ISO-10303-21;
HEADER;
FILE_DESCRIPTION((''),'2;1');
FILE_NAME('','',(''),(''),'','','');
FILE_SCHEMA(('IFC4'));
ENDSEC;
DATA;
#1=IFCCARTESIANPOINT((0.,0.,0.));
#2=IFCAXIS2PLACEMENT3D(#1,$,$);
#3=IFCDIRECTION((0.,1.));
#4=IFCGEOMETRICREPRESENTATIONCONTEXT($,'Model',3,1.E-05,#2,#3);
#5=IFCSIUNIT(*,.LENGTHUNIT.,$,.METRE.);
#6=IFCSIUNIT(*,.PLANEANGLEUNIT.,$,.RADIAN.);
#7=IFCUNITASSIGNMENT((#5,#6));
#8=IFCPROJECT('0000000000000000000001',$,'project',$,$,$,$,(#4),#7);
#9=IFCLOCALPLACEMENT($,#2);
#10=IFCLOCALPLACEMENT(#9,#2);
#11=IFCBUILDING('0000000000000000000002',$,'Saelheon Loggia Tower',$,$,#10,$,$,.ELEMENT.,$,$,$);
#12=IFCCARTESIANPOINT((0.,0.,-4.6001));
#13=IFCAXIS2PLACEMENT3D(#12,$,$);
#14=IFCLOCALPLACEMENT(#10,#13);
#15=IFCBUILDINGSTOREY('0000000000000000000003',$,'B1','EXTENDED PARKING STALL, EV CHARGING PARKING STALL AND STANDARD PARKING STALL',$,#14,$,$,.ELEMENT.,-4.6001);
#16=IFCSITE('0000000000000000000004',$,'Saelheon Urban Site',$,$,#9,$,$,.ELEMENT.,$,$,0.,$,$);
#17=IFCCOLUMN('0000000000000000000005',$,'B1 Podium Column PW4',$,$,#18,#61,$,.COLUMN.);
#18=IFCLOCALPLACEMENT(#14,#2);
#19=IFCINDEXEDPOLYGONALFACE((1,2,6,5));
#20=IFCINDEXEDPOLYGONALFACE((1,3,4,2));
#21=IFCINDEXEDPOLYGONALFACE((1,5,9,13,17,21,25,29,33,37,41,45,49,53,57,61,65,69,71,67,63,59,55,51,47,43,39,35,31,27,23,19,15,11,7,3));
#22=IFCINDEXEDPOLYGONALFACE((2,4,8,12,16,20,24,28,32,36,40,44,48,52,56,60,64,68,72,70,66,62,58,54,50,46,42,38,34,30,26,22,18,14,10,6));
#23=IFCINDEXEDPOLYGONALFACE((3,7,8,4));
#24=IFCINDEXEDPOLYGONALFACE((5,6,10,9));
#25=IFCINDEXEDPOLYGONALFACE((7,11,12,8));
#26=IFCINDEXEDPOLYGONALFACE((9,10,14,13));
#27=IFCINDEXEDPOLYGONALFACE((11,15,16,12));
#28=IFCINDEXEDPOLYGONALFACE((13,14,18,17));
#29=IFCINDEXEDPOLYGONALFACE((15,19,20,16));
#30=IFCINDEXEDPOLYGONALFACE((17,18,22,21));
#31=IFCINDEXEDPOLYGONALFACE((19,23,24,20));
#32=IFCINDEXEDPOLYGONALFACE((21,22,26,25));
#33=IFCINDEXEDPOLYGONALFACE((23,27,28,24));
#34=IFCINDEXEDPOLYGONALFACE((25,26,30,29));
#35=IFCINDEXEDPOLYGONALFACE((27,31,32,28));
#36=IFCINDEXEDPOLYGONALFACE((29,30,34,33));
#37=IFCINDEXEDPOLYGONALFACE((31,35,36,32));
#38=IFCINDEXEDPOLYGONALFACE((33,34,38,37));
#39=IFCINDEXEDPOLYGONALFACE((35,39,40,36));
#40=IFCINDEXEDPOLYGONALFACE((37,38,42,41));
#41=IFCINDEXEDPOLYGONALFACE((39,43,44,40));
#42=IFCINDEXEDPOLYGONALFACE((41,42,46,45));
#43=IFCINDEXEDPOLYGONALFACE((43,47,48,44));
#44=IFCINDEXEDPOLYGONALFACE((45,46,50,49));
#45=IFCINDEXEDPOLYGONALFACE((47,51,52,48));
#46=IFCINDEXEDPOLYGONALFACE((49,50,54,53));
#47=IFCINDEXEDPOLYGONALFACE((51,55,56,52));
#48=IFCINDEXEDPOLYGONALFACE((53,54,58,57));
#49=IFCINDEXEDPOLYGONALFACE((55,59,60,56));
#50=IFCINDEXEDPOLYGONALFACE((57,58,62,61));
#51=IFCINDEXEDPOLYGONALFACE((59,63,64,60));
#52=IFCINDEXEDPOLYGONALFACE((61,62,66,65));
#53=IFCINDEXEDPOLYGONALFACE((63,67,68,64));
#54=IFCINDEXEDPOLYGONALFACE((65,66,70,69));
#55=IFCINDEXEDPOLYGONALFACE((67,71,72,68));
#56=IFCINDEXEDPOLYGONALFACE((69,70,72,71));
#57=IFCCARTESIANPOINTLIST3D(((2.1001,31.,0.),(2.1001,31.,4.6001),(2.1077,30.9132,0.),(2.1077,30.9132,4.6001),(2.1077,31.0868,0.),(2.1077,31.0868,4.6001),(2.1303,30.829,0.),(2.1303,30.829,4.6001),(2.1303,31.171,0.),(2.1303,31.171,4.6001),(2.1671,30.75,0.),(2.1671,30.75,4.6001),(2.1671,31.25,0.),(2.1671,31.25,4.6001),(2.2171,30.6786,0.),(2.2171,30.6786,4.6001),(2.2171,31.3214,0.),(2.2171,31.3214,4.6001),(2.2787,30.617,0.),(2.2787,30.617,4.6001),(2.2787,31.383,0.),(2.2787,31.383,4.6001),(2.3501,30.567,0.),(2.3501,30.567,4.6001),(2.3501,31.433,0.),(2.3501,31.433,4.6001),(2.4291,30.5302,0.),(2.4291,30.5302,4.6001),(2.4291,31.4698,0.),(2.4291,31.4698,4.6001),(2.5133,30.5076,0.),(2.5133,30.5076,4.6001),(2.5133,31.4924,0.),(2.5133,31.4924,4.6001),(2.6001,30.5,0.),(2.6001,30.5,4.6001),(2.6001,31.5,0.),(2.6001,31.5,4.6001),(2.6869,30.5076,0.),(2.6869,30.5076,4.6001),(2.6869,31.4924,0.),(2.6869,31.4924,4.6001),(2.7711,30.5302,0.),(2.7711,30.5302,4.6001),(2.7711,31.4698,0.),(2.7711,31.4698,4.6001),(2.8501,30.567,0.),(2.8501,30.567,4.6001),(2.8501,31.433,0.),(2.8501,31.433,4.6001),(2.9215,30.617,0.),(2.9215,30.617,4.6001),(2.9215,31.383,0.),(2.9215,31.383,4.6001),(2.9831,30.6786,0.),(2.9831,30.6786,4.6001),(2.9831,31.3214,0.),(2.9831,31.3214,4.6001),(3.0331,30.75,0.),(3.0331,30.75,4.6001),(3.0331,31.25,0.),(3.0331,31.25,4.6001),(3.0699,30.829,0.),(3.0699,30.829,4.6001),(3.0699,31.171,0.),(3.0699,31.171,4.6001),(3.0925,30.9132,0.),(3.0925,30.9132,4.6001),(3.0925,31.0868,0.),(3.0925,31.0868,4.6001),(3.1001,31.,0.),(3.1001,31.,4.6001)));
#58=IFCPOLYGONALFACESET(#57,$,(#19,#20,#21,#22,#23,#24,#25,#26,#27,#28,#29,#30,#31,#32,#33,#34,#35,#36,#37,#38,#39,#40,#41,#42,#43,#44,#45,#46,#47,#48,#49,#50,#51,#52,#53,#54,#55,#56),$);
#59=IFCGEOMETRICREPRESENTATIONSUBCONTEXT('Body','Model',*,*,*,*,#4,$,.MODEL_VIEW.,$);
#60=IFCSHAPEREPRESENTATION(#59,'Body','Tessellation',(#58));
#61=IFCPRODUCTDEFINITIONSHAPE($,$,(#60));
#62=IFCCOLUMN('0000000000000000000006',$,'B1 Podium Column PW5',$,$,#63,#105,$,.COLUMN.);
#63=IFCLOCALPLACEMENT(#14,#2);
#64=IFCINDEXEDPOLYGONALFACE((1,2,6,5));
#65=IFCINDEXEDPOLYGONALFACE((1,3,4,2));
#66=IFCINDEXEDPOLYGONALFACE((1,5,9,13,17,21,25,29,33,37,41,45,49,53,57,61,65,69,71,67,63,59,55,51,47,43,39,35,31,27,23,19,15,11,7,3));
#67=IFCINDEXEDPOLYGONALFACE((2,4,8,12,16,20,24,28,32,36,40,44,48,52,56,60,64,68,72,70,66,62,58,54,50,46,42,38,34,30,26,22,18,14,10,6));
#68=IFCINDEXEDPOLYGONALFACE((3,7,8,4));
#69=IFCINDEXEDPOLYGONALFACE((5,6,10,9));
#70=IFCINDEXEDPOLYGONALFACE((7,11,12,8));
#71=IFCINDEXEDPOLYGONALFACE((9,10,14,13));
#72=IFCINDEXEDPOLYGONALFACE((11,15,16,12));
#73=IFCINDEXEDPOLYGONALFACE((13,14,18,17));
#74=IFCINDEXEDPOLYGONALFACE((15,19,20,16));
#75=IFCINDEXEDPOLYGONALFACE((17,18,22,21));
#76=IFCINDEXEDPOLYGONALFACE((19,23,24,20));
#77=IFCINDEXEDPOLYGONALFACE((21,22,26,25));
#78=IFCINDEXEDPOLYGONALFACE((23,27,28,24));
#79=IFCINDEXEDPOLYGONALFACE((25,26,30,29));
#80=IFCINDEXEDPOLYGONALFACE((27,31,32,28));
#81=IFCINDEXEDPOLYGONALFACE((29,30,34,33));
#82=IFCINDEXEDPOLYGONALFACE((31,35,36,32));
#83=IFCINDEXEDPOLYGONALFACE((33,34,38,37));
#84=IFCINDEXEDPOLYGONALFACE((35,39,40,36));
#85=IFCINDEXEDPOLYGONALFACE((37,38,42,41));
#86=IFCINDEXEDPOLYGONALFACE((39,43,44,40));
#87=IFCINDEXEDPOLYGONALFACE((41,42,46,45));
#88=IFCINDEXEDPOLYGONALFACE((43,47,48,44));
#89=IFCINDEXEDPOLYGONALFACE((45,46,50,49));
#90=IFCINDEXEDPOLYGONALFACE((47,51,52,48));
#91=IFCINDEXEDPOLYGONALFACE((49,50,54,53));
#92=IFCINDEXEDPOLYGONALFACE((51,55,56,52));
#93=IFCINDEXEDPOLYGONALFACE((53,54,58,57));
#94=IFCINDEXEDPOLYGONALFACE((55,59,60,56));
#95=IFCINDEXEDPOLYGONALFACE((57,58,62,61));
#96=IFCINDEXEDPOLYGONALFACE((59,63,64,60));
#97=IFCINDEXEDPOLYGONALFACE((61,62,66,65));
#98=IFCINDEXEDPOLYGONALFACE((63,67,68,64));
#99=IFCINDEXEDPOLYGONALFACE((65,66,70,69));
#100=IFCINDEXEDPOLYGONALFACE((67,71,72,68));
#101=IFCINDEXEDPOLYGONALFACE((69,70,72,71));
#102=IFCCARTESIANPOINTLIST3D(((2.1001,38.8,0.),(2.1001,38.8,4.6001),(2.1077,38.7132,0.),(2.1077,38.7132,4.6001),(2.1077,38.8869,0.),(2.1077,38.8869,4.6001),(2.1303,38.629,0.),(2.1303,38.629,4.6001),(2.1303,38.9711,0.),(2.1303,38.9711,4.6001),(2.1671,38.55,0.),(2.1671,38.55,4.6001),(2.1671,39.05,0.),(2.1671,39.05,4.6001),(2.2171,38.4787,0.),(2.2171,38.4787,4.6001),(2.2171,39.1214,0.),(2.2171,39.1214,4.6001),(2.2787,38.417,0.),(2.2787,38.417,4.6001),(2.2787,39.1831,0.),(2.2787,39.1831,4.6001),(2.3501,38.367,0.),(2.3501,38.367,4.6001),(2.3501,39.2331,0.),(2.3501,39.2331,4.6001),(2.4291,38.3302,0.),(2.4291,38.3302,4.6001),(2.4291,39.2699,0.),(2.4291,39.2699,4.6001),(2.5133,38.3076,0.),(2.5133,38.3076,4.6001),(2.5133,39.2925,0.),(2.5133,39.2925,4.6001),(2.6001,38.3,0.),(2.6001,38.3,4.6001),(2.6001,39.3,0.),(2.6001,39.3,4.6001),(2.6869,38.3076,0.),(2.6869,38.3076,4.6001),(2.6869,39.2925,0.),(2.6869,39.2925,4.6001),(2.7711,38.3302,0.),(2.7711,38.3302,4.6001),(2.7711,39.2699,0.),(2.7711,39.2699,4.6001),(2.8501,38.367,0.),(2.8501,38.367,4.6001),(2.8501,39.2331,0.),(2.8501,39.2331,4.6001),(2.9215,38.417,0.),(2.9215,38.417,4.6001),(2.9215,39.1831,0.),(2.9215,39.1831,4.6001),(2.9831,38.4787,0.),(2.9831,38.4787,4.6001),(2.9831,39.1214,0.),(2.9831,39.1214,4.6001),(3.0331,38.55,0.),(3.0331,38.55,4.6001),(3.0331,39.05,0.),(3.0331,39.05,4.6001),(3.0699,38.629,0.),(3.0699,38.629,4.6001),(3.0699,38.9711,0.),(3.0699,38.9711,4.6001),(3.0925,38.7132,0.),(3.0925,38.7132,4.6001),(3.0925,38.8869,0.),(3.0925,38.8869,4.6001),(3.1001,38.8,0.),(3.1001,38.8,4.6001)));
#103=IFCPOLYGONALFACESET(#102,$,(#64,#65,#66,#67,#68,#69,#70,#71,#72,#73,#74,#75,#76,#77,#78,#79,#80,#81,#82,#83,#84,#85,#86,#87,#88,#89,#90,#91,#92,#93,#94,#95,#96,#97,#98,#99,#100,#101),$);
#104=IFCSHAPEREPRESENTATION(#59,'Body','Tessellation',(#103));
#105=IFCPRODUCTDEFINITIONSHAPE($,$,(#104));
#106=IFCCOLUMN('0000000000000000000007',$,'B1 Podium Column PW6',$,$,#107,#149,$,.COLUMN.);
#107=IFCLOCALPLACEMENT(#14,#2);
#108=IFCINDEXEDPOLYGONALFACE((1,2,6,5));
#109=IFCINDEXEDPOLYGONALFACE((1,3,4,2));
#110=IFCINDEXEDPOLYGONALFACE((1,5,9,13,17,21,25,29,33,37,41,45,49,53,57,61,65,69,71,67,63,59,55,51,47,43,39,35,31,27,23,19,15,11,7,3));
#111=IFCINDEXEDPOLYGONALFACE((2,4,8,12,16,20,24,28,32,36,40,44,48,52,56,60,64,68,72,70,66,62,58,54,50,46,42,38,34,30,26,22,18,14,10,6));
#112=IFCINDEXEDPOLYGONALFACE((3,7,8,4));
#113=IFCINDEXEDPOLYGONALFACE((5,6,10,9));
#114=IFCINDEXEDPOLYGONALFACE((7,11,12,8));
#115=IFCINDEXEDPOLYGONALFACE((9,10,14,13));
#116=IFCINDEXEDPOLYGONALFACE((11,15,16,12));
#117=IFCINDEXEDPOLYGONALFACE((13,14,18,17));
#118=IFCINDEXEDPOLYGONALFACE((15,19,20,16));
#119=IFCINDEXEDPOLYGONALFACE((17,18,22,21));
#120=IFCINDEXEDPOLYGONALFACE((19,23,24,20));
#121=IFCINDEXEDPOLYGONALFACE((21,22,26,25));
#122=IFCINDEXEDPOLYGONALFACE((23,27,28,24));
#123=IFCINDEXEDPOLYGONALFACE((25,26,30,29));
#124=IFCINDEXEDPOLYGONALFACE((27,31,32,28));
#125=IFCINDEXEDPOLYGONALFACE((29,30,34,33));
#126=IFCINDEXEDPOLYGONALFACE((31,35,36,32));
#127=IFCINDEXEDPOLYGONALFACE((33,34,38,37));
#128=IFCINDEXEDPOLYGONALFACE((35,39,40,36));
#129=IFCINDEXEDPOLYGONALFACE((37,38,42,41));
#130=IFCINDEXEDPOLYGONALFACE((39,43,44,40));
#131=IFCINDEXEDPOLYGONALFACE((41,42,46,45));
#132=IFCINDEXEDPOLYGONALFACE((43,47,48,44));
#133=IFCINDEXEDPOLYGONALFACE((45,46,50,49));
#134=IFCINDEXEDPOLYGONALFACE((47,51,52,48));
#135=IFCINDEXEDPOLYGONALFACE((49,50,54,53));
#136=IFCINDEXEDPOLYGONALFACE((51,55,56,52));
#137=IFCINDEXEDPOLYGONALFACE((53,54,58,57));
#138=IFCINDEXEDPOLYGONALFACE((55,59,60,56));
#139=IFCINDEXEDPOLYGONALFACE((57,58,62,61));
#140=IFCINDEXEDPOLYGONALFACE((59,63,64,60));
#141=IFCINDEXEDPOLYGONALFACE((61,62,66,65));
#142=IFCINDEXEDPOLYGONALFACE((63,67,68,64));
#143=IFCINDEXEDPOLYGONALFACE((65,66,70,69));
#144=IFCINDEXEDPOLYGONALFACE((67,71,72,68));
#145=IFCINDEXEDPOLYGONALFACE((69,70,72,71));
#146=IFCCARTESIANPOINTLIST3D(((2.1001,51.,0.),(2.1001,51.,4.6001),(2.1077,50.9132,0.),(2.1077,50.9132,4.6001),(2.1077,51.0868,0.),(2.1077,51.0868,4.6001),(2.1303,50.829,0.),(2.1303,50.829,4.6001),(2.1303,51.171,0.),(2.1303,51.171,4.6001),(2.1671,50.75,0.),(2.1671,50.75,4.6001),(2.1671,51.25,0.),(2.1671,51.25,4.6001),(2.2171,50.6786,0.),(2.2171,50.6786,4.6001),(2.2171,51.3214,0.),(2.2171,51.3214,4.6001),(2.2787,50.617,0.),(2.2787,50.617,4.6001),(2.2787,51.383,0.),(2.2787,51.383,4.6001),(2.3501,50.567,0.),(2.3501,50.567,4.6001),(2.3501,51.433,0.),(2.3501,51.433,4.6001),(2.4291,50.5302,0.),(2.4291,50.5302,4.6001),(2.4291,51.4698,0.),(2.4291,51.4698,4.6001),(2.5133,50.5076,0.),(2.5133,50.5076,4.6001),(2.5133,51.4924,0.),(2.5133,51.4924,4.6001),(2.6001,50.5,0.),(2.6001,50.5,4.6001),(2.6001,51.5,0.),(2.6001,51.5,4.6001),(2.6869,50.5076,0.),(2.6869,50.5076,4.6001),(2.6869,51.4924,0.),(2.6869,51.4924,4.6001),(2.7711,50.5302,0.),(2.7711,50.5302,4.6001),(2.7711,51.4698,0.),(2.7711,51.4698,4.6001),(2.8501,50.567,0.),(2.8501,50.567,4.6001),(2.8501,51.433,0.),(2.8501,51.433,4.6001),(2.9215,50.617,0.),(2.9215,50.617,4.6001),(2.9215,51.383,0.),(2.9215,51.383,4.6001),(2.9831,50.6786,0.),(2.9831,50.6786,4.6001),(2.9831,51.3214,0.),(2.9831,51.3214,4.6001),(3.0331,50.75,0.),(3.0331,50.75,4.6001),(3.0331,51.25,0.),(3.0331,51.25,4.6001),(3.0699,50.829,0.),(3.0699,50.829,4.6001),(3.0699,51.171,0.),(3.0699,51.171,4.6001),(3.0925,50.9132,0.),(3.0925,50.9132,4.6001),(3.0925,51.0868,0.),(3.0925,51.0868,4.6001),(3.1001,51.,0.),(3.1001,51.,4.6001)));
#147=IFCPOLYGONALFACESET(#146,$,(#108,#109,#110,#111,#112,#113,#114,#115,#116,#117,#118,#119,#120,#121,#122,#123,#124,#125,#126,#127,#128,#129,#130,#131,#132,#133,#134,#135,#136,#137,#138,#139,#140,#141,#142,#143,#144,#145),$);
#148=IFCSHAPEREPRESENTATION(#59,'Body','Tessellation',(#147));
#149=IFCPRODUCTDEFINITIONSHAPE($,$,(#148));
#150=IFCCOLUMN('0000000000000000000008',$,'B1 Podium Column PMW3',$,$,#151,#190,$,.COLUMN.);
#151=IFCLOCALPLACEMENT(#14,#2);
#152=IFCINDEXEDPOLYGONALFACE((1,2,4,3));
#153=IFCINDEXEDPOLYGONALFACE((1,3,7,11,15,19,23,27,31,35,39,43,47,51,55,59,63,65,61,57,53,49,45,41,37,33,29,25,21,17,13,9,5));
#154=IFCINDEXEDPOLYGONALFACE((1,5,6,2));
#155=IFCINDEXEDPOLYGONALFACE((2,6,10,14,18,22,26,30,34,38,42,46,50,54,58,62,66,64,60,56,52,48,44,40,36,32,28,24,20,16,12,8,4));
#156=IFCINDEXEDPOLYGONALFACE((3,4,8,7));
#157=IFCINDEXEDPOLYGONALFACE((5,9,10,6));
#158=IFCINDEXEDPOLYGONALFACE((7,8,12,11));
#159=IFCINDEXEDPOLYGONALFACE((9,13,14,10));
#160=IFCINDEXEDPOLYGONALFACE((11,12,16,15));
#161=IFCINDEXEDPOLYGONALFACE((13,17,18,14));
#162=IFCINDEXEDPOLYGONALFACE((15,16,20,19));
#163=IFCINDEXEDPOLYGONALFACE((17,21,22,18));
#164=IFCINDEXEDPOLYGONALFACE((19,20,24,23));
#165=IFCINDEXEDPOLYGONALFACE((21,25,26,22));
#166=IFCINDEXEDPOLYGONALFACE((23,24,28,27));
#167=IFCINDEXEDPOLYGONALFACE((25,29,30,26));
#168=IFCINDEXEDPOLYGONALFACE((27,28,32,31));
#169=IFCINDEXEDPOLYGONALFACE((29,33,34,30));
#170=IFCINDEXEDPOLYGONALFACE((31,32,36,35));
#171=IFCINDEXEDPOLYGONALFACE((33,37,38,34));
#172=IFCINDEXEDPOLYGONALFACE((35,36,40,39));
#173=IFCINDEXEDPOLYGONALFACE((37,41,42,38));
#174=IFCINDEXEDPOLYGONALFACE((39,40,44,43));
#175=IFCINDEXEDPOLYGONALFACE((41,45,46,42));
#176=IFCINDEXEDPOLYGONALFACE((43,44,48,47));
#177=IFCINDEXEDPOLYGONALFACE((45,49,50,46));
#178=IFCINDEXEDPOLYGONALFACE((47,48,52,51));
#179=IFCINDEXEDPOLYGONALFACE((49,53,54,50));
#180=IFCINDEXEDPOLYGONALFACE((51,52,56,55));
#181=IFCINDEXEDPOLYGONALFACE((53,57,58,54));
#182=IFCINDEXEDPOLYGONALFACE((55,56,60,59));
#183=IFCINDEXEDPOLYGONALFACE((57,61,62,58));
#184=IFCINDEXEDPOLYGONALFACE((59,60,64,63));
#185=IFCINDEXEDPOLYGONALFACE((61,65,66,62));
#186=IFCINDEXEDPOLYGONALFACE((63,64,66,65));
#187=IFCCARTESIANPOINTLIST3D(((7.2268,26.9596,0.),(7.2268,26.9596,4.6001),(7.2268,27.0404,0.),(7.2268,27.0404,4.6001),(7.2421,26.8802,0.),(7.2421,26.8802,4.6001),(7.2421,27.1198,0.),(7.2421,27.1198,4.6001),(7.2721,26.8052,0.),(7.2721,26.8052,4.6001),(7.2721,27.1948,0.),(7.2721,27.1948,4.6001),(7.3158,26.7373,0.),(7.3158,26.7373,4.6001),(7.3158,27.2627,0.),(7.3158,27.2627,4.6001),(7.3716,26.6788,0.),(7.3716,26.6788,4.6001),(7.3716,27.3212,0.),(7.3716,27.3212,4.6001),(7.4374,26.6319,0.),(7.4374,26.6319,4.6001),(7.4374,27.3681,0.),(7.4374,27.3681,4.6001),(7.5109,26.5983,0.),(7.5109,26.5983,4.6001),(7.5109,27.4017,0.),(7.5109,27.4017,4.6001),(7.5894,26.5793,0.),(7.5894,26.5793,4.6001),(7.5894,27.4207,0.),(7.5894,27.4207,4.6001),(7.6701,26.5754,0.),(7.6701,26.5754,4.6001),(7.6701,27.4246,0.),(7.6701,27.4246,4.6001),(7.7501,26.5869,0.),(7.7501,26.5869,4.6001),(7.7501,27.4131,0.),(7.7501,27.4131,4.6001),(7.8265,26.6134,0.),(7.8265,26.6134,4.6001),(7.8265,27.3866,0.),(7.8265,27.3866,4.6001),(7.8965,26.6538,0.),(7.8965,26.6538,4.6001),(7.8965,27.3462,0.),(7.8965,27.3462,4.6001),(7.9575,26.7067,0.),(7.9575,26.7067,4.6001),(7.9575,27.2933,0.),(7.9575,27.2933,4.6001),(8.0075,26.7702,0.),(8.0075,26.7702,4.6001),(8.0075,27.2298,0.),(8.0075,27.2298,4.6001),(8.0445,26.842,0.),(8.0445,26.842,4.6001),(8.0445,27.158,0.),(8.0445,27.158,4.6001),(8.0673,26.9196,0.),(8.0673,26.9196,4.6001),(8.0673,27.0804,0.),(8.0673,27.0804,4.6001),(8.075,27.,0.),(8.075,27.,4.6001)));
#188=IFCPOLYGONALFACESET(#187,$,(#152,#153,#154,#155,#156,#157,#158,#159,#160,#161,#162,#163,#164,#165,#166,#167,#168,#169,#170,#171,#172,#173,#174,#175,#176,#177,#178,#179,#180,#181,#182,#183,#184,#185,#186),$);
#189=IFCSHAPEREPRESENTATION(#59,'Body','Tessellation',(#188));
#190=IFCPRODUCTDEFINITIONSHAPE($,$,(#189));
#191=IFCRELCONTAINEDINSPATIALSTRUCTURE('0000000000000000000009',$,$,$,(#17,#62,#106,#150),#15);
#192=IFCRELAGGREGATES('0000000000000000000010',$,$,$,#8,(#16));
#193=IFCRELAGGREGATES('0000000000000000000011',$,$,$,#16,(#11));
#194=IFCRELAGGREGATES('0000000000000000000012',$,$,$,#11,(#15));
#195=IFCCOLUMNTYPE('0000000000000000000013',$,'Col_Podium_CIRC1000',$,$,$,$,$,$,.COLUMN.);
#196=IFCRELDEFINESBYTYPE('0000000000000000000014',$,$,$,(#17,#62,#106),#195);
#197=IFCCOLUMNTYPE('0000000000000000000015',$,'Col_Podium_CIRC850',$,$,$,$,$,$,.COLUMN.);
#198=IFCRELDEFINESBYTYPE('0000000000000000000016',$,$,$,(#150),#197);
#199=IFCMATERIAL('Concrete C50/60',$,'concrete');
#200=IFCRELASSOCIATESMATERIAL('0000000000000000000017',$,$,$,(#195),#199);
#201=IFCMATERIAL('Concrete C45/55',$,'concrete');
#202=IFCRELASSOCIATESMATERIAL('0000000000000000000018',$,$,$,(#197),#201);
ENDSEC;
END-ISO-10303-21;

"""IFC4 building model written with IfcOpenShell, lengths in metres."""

from ifc_helpers import new_model, si_unit, direction, frame, origin, origin_2d, place, context, subcontext, project, spatial, circle, extrude, source, transform, mapped, material, material_profile, profile_set, type_object, element, save


model = new_model("IFC4")

# Units and contexts
model_context = context("Model", 3, precision=1e-05, world=origin(), true_north=direction((0.0, 1.0)))
body_context = subcontext(model_context, "Body", "Model", "MODEL_VIEW")
ifc_project = project(units=[si_unit("LENGTHUNIT", "METRE"), si_unit("PLANEANGLEUNIT", "RADIAN")], contexts=[model_context])

# Site, building, storey
site_placement = place(None, origin())
site = spatial("IfcSite", under=ifc_project, at=site_placement, Name="Saelheon Urban Site", CompositionType="ELEMENT", RefElevation=0.0)
building_placement = place(site_placement, origin())
building = spatial("IfcBuilding", under=site, at=building_placement, Name="Saelheon Loggia Tower", CompositionType="ELEMENT")
storey_placement = place(building_placement, frame((0.0, 0.0, -4.6001)))
storey = spatial("IfcBuildingStorey", under=building, at=storey_placement, Name="B1", Description="EXTENDED PARKING STALL, EV CHARGING PARKING STALL AND STANDARD PARKING STALL", CompositionType="ELEMENT", Elevation=-4.6001)

# Columns
ifc_material_1 = material(Name="Concrete C50/60", Category="concrete")
ifc_material_profile_1 = material_profile(ifc_material_1, circle(Radius=0.5, at=origin_2d()), Name="CIRC-1000")
ifc_profile_set_1 = profile_set([ifc_material_profile_1], Name="Concrete C50/60")
column_type_1 = type_object("IfcColumnType", Name="Col_Podium_CIRC1000", PredefinedType="COLUMN", material=ifc_profile_set_1)
shared_shape_1 = source(origin(), body_context, "Body", "SweptSolid", [
    extrude(circle(Radius=0.5, at=origin_2d()), origin(), (0.0, 0.0, 1.0), 4.6001),
])
for number, where, z_axis, x_axis, name in (
    (1, (2.6001, 31.0, 0.0), (0.0, 0.0, 1.0), (1.0, 0.0, 0.0), "B1 Podium Column PW4"),
    (2, (2.6001, 38.8, 0.0), (0.0, 0.0, 1.0), (1.0, 0.0, 0.0), "B1 Podium Column PW5"),
    (3, (2.6001, 51.0, 0.0), (0.0, 0.0, 1.0), (1.0, 0.0, 0.0), "B1 Podium Column PW6"),
):
    element("IfcColumn", number, at=place(storey_placement, frame(where, z_axis=z_axis, x_axis=x_axis)), inside=storey, type_object=column_type_1, Name=name, PredefinedType="COLUMN", context=body_context, shape_type="MappedRepresentation", body=[
        mapped(shared_shape_1, transform((0.0, 0.0, 0.0), scale=1.0)),
    ])
ifc_material_2 = material(Name="Concrete C45/55", Category="concrete")
ifc_material_profile_2 = material_profile(ifc_material_2, circle(Radius=0.425, at=origin_2d()), Name="CIRC-850")
ifc_profile_set_2 = profile_set([ifc_material_profile_2], Name="Concrete C45/55")
column_type_2 = type_object("IfcColumnType", Name="Col_Podium_CIRC850", PredefinedType="COLUMN", material=ifc_profile_set_2)
shared_shape_2 = source(origin(), body_context, "Body", "SweptSolid", [
    extrude(circle(Radius=0.425, at=origin_2d()), origin(), (0.0, 0.0, 1.0), 4.6001),
])
for number, where, z_axis, x_axis, name in (
    (4, (7.6499, 27.0, 0.0), (0.0, 0.0, 1.0), (1.0, 0.0, 0.0), "B1 Podium Column PMW3"),
):
    element("IfcColumn", number, at=place(storey_placement, frame(where, z_axis=z_axis, x_axis=x_axis)), inside=storey, type_object=column_type_2, Name=name, PredefinedType="COLUMN", context=body_context, shape_type="MappedRepresentation", body=[
        mapped(shared_shape_2, transform((0.0, 0.0, 0.0), scale=1.0)),
    ])

save(model, "model.ifc")
